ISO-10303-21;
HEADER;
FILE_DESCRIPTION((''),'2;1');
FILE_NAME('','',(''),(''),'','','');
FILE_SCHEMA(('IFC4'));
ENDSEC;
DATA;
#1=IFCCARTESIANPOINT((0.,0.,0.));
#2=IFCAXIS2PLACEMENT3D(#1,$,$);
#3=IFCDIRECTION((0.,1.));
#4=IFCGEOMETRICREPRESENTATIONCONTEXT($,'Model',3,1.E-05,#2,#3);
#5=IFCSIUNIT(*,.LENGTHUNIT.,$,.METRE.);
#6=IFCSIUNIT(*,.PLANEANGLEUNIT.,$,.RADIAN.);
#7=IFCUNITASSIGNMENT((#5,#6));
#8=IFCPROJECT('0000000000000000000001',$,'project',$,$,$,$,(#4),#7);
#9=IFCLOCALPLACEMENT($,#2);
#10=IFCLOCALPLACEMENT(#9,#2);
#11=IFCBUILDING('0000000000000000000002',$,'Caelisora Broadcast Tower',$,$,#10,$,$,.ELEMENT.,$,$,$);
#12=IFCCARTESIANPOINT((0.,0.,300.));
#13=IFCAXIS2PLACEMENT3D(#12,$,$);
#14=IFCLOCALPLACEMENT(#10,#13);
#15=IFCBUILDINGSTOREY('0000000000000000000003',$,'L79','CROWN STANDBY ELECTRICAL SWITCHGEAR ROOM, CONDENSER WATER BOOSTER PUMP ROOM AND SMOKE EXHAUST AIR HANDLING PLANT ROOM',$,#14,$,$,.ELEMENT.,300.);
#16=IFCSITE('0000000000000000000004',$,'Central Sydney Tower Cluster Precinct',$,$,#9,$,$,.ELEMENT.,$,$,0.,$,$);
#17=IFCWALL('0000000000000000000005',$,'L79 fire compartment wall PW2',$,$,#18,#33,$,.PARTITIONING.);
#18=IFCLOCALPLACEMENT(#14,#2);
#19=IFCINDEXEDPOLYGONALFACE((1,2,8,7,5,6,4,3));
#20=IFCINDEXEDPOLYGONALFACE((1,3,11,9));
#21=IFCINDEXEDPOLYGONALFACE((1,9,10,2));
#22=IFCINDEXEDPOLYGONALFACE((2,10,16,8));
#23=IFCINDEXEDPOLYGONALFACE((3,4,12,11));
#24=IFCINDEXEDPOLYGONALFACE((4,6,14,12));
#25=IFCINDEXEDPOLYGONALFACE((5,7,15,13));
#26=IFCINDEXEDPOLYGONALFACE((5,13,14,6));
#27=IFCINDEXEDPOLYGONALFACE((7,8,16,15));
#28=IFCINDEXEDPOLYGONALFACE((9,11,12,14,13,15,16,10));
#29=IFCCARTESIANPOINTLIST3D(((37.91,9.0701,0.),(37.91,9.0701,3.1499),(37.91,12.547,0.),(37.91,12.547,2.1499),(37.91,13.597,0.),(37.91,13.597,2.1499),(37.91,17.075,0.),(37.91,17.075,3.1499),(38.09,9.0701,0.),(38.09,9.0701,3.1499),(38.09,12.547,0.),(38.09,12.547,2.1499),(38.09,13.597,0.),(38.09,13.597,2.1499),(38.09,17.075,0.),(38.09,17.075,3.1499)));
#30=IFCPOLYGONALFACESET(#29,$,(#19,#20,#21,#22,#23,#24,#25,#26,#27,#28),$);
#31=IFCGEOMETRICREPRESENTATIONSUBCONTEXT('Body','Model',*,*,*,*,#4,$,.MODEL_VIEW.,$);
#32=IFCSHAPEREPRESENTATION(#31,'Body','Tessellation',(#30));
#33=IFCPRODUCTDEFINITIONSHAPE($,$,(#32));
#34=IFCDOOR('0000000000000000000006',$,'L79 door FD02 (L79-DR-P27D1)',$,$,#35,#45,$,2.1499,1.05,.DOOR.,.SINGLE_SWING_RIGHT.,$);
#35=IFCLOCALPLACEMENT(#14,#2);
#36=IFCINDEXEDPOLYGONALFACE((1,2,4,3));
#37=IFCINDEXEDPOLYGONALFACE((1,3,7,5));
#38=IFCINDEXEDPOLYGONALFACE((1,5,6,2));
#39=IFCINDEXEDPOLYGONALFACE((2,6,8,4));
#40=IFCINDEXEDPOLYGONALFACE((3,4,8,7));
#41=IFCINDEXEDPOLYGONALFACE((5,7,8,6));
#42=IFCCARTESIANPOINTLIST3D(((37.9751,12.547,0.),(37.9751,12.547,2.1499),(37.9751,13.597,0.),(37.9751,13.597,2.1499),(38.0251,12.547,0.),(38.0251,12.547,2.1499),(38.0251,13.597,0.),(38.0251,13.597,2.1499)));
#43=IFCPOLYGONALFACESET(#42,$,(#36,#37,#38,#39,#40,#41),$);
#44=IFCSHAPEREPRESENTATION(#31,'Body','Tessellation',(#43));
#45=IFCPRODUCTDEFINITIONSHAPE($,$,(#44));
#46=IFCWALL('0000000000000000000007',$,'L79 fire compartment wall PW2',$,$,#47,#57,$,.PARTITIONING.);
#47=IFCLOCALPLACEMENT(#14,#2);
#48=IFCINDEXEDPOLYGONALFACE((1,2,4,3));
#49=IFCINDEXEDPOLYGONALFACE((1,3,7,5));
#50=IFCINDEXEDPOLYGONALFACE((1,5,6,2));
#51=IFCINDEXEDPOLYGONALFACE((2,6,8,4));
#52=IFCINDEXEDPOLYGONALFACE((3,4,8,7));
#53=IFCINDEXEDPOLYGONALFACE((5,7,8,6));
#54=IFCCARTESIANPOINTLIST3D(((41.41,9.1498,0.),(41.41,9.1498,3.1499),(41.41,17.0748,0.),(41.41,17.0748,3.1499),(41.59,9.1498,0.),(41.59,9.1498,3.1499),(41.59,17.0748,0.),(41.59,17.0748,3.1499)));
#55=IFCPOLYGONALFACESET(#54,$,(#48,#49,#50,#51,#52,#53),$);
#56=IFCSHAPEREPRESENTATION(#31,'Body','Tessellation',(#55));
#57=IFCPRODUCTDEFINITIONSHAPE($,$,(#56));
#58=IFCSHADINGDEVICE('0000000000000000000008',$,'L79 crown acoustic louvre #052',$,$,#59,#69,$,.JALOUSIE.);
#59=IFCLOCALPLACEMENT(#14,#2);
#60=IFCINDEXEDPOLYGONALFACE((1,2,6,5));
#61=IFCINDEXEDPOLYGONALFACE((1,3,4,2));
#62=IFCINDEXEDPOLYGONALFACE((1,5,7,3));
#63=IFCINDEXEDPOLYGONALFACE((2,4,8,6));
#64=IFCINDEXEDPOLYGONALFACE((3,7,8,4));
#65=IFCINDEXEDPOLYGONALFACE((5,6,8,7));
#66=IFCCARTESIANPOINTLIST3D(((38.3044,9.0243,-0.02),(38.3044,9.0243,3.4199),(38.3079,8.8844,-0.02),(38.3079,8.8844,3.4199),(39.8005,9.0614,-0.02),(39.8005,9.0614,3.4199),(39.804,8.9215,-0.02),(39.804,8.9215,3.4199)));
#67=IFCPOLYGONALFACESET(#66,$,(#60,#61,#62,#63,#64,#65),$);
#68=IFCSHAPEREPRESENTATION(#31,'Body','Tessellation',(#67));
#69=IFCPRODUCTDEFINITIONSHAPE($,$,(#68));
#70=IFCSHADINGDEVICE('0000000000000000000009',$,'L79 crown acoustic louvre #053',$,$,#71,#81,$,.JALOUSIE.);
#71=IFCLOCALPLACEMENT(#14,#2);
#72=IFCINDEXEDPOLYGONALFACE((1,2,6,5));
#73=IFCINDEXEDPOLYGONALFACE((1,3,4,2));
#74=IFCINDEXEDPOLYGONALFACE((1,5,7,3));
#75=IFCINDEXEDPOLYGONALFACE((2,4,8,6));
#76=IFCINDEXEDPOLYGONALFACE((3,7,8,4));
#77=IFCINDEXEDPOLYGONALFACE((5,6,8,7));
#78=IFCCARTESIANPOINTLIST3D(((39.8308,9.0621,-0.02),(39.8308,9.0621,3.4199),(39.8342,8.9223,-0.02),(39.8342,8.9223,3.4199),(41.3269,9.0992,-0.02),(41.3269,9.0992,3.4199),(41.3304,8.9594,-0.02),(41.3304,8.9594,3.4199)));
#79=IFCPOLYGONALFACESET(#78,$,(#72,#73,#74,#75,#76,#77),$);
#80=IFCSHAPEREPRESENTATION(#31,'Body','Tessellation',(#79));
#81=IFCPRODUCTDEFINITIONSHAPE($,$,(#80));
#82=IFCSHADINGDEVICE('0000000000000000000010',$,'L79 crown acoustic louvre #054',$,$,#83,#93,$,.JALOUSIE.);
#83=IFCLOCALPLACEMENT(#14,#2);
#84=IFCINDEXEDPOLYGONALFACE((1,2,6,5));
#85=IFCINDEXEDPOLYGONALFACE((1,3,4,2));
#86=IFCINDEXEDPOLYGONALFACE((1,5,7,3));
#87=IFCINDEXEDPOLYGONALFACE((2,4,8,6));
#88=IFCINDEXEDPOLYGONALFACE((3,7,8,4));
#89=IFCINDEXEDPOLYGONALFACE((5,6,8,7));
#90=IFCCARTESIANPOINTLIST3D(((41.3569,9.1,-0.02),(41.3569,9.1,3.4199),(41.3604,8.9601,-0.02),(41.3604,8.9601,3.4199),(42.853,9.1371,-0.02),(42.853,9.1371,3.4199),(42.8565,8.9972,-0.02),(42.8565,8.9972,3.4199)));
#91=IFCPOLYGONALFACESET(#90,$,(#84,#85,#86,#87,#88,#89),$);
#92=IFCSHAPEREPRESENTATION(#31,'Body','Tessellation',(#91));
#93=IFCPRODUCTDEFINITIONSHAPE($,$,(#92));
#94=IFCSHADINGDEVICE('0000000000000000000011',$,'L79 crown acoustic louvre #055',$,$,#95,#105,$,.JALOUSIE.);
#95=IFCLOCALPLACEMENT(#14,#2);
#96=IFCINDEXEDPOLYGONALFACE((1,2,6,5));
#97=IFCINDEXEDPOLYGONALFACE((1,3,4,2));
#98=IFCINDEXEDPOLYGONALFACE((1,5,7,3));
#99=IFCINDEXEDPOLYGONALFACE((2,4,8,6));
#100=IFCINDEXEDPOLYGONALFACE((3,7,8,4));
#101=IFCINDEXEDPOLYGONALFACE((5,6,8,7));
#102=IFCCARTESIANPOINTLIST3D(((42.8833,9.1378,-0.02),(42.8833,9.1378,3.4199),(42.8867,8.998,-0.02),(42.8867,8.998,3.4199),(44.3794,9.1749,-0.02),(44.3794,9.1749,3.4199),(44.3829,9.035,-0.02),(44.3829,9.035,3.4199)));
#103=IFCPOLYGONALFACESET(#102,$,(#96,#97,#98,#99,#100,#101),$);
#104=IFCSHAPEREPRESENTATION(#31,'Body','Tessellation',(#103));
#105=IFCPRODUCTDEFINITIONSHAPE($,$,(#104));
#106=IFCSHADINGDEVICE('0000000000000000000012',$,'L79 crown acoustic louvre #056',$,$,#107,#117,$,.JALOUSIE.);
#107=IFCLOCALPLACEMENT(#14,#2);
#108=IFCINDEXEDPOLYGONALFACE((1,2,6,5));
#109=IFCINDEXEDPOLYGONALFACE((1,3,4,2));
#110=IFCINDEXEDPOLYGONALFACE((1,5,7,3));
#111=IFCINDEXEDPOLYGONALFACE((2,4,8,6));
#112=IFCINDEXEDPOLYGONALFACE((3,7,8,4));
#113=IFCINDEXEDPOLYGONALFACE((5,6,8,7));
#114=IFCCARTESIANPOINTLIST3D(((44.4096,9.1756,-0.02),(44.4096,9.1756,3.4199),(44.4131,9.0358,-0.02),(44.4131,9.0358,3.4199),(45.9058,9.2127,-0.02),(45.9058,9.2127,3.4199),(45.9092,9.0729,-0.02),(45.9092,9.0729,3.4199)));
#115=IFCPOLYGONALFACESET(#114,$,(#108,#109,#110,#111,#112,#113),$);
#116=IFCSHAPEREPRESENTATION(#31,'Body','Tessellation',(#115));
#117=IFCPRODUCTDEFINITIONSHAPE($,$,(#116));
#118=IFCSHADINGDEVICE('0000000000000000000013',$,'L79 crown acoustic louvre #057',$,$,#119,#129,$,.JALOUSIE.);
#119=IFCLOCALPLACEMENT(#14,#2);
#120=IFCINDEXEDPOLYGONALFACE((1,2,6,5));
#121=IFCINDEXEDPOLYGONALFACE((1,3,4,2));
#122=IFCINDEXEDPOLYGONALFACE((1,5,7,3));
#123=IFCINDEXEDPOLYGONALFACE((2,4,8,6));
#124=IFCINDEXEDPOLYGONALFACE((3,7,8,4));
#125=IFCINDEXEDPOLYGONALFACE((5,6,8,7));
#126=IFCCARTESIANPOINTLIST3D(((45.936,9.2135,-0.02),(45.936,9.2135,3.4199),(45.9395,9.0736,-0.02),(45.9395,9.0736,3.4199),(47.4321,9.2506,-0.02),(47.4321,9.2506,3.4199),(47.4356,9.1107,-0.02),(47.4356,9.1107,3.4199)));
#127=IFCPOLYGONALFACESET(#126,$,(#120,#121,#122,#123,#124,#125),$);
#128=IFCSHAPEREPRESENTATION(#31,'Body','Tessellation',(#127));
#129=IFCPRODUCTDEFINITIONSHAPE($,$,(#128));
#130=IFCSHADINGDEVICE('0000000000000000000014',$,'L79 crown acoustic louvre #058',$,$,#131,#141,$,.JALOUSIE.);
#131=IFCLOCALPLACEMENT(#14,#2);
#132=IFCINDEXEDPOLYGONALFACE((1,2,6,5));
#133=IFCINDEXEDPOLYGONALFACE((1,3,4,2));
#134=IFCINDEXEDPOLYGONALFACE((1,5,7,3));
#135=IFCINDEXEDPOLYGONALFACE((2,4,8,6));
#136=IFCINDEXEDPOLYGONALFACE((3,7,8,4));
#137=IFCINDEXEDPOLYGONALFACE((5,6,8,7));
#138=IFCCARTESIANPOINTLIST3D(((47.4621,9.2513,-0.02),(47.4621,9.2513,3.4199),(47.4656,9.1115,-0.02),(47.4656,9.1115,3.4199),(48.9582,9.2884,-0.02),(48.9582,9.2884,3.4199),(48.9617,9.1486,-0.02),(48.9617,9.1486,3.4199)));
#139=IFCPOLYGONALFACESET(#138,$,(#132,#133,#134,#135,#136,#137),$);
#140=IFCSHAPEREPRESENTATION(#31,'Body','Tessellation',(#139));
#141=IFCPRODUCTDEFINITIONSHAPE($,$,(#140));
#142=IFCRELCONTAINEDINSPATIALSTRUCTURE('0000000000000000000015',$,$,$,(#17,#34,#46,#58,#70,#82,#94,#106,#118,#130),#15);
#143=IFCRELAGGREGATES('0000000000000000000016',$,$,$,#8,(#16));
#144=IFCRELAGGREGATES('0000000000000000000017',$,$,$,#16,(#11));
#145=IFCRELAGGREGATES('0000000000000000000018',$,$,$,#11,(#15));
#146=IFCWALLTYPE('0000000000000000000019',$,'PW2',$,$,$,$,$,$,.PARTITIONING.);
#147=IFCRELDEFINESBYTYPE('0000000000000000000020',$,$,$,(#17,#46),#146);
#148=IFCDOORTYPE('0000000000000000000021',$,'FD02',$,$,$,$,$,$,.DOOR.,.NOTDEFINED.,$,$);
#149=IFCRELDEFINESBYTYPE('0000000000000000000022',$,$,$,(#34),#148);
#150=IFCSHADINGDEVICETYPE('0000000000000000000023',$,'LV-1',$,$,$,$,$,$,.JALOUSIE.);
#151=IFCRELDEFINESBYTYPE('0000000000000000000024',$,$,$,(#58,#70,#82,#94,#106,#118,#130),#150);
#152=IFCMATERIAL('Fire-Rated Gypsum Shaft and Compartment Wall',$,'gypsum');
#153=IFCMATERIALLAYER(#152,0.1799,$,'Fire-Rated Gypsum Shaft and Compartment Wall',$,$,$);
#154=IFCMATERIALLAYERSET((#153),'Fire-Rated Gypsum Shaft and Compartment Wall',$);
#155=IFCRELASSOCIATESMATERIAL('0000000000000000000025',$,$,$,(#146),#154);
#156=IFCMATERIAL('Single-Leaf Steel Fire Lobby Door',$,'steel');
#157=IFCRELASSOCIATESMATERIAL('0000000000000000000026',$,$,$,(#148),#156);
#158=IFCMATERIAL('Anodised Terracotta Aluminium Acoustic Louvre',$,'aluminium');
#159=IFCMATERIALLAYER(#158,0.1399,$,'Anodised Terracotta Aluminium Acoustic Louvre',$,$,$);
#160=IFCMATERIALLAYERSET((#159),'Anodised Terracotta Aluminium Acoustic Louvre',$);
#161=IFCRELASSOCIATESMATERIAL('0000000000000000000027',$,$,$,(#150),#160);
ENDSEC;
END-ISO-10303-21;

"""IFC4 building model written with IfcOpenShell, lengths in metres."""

from ifc_helpers import new_model, si_unit, direction, frame, frame_2d, origin, origin_2d, place, context, subcontext, project, spatial, rectangle, extrude, source, transform, mapped, material, layer, layer_set, type_object, type_shapes, element, fill, save


model = new_model("IFC4")

# Units and contexts
model_context = context("Model", 3, precision=1e-05, world=origin(), true_north=direction((0.0, 1.0)))
body_context = subcontext(model_context, "Body", "Model", "MODEL_VIEW")
ifc_project = project(units=[si_unit("LENGTHUNIT", "METRE"), si_unit("PLANEANGLEUNIT", "RADIAN")], contexts=[model_context])

# Site, building, storey
site_placement = place(None, origin())
site = spatial("IfcSite", under=ifc_project, at=site_placement, Name="Central Sydney Tower Cluster Precinct", CompositionType="ELEMENT", RefElevation=0.0)
building_placement = place(site_placement, origin())
building = spatial("IfcBuilding", under=site, at=building_placement, Name="Caelisora Broadcast Tower", CompositionType="ELEMENT")
storey_placement = place(building_placement, frame((0.0, 0.0, 300.0)))
storey = spatial("IfcBuildingStorey", under=building, at=storey_placement, Name="L79", Description="CROWN STANDBY ELECTRICAL SWITCHGEAR ROOM, CONDENSER WATER BOOSTER PUMP ROOM AND SMOKE EXHAUST AIR HANDLING PLANT ROOM", CompositionType="ELEMENT", Elevation=300.0)

# Wall, opening, door
ifc_material_1 = material(Name="Fire-Rated Gypsum Shaft and Compartment Wall", Category="gypsum")
ifc_layer_1 = layer(ifc_material_1, 0.1799, Name="Fire-Rated Gypsum Shaft and Compartment Wall")
ifc_layer_set_1 = layer_set([ifc_layer_1], Name="Fire-Rated Gypsum Shaft and Compartment Wall")
wall_type = type_object("IfcWallType", Name="PW2", PredefinedType="PARTITIONING", material=ifc_layer_set_1)
wall_1_placement = place(storey_placement, frame((38.0, 9.0701, 0.0), z_axis=(0.0, 0.0, 1.0), x_axis=(0.0, 1.0, 0.0)))
wall_1 = element("IfcWall", 1, at=wall_1_placement, inside=storey, type_object=wall_type, Name="L79 fire compartment wall PW2", PredefinedType="PARTITIONING", context=body_context, shape_type="SweptSolid", body=[
    extrude(rectangle(XDim=8.0049, YDim=0.1799, at=frame_2d((4.0024, 0.0))), origin(), (0.0, 0.0, 1.0), 3.1499),
])
opening_placement = place(wall_1_placement, frame((3.4771, 0.0, 0.0)))
opening = element("IfcOpeningElement", 2, at=opening_placement, cuts=wall_1, PredefinedType="OPENING", context=body_context, shape_type="SweptSolid", body=[
    extrude(rectangle(XDim=1.05, YDim=2.1499, at=frame_2d((0.5249, 1.075))), frame((0.0, 0.1021, 0.0), z_axis=(0.0, -1.0, 0.0), x_axis=(1.0, 0.0, 0.0)), (0.0, 0.0, 1.0), 0.2039),
])
ifc_material_2 = material(Name="Single-Leaf Steel Fire Lobby Door", Category="steel")
door_type = type_object("IfcDoorType", Name="FD02", OperationType="NOTDEFINED", PredefinedType="DOOR", material=ifc_material_2)
door_placement = place(opening_placement, origin())
door = element("IfcDoor", 3, at=door_placement, inside=storey, type_object=door_type, Name="L79 door FD02 (L79-DR-P27D1)", OperationType="SINGLE_SWING_RIGHT", OverallHeight=2.1499, OverallWidth=1.05, PredefinedType="DOOR", context=body_context, shape_type="SweptSolid", body=[
    extrude(rectangle(XDim=1.05, YDim=2.1499, at=frame_2d((0.5249, 1.075))), frame((0.0, 0.0249, 0.0), z_axis=(0.0, -1.0, 0.0), x_axis=(1.0, 0.0, 0.0)), (0.0, 0.0, 1.0), 0.05),
])
fill(opening, door)

# Wall
wall_2_placement = place(storey_placement, frame((41.5, 9.1499, 0.0), z_axis=(0.0, 0.0, 1.0), x_axis=(0.0, 1.0, 0.0)))
element("IfcWall", 4, at=wall_2_placement, inside=storey, type_object=wall_type, Name="L79 fire compartment wall PW2", PredefinedType="PARTITIONING", context=body_context, shape_type="SweptSolid", body=[
    extrude(rectangle(XDim=7.925, YDim=0.1799, at=frame_2d((3.9624, 0.0))), origin(), (0.0, 0.0, 1.0), 3.1499),
])

# Shading devices
ifc_material_3 = material(Name="Anodised Terracotta Aluminium Acoustic Louvre", Category="aluminium")
ifc_layer_2 = layer(ifc_material_3, 0.1399, Name="Anodised Terracotta Aluminium Acoustic Louvre")
ifc_layer_set_2 = layer_set([ifc_layer_2], Name="Anodised Terracotta Aluminium Acoustic Louvre")
shading_device_type = type_object("IfcShadingDeviceType", Name="LV-1", PredefinedType="JALOUSIE", material=ifc_layer_set_2)
shared_shape_1 = source(origin(), body_context, "Body", "SweptSolid", [
    extrude(rectangle(XDim=1.4966, YDim=0.1399, at=origin_2d()), origin(), (0.0, 0.0, 1.0), 3.4399),
])
type_shapes(shading_device_type, [shared_shape_1])
for number, where, z_axis, x_axis, name in (
    (5, (39.0542, 8.9729, -0.02), (0.0, 0.0, 1.0), (0.999693, 0.024781, 0.0), "L79 crown acoustic louvre #052"),
    (6, (40.5806, 9.0107, -0.02), (0.0, 0.0, 1.0), (0.999693, 0.024781, 0.0), "L79 crown acoustic louvre #053"),
    (7, (42.1067, 9.0486, -0.02), (0.0, 0.0, 1.0), (0.999693, 0.024781, 0.0), "L79 crown acoustic louvre #054"),
    (8, (43.6331, 9.0864, -0.02), (0.0, 0.0, 1.0), (0.999693, 0.024781, 0.0), "L79 crown acoustic louvre #055"),
    (9, (45.1594, 9.1243, -0.02), (0.0, 0.0, 1.0), (0.999693, 0.024781, 0.0), "L79 crown acoustic louvre #056"),
    (10, (46.6858, 9.1621, -0.02), (0.0, 0.0, 1.0), (0.999693, 0.024781, 0.0), "L79 crown acoustic louvre #057"),
    (11, (48.2119, 9.2, -0.02), (0.0, 0.0, 1.0), (0.999693, 0.024781, 0.0), "L79 crown acoustic louvre #058"),
):
    element("IfcShadingDevice", number, at=place(storey_placement, frame(where, z_axis=z_axis, x_axis=x_axis)), inside=storey, type_object=shading_device_type, Name=name, PredefinedType="JALOUSIE", context=body_context, shape_type="MappedRepresentation", body=[
        mapped(shared_shape_1, transform((0.0, 0.0, 0.0), scale=1.0)),
    ])

save(model, "model.ifc")
